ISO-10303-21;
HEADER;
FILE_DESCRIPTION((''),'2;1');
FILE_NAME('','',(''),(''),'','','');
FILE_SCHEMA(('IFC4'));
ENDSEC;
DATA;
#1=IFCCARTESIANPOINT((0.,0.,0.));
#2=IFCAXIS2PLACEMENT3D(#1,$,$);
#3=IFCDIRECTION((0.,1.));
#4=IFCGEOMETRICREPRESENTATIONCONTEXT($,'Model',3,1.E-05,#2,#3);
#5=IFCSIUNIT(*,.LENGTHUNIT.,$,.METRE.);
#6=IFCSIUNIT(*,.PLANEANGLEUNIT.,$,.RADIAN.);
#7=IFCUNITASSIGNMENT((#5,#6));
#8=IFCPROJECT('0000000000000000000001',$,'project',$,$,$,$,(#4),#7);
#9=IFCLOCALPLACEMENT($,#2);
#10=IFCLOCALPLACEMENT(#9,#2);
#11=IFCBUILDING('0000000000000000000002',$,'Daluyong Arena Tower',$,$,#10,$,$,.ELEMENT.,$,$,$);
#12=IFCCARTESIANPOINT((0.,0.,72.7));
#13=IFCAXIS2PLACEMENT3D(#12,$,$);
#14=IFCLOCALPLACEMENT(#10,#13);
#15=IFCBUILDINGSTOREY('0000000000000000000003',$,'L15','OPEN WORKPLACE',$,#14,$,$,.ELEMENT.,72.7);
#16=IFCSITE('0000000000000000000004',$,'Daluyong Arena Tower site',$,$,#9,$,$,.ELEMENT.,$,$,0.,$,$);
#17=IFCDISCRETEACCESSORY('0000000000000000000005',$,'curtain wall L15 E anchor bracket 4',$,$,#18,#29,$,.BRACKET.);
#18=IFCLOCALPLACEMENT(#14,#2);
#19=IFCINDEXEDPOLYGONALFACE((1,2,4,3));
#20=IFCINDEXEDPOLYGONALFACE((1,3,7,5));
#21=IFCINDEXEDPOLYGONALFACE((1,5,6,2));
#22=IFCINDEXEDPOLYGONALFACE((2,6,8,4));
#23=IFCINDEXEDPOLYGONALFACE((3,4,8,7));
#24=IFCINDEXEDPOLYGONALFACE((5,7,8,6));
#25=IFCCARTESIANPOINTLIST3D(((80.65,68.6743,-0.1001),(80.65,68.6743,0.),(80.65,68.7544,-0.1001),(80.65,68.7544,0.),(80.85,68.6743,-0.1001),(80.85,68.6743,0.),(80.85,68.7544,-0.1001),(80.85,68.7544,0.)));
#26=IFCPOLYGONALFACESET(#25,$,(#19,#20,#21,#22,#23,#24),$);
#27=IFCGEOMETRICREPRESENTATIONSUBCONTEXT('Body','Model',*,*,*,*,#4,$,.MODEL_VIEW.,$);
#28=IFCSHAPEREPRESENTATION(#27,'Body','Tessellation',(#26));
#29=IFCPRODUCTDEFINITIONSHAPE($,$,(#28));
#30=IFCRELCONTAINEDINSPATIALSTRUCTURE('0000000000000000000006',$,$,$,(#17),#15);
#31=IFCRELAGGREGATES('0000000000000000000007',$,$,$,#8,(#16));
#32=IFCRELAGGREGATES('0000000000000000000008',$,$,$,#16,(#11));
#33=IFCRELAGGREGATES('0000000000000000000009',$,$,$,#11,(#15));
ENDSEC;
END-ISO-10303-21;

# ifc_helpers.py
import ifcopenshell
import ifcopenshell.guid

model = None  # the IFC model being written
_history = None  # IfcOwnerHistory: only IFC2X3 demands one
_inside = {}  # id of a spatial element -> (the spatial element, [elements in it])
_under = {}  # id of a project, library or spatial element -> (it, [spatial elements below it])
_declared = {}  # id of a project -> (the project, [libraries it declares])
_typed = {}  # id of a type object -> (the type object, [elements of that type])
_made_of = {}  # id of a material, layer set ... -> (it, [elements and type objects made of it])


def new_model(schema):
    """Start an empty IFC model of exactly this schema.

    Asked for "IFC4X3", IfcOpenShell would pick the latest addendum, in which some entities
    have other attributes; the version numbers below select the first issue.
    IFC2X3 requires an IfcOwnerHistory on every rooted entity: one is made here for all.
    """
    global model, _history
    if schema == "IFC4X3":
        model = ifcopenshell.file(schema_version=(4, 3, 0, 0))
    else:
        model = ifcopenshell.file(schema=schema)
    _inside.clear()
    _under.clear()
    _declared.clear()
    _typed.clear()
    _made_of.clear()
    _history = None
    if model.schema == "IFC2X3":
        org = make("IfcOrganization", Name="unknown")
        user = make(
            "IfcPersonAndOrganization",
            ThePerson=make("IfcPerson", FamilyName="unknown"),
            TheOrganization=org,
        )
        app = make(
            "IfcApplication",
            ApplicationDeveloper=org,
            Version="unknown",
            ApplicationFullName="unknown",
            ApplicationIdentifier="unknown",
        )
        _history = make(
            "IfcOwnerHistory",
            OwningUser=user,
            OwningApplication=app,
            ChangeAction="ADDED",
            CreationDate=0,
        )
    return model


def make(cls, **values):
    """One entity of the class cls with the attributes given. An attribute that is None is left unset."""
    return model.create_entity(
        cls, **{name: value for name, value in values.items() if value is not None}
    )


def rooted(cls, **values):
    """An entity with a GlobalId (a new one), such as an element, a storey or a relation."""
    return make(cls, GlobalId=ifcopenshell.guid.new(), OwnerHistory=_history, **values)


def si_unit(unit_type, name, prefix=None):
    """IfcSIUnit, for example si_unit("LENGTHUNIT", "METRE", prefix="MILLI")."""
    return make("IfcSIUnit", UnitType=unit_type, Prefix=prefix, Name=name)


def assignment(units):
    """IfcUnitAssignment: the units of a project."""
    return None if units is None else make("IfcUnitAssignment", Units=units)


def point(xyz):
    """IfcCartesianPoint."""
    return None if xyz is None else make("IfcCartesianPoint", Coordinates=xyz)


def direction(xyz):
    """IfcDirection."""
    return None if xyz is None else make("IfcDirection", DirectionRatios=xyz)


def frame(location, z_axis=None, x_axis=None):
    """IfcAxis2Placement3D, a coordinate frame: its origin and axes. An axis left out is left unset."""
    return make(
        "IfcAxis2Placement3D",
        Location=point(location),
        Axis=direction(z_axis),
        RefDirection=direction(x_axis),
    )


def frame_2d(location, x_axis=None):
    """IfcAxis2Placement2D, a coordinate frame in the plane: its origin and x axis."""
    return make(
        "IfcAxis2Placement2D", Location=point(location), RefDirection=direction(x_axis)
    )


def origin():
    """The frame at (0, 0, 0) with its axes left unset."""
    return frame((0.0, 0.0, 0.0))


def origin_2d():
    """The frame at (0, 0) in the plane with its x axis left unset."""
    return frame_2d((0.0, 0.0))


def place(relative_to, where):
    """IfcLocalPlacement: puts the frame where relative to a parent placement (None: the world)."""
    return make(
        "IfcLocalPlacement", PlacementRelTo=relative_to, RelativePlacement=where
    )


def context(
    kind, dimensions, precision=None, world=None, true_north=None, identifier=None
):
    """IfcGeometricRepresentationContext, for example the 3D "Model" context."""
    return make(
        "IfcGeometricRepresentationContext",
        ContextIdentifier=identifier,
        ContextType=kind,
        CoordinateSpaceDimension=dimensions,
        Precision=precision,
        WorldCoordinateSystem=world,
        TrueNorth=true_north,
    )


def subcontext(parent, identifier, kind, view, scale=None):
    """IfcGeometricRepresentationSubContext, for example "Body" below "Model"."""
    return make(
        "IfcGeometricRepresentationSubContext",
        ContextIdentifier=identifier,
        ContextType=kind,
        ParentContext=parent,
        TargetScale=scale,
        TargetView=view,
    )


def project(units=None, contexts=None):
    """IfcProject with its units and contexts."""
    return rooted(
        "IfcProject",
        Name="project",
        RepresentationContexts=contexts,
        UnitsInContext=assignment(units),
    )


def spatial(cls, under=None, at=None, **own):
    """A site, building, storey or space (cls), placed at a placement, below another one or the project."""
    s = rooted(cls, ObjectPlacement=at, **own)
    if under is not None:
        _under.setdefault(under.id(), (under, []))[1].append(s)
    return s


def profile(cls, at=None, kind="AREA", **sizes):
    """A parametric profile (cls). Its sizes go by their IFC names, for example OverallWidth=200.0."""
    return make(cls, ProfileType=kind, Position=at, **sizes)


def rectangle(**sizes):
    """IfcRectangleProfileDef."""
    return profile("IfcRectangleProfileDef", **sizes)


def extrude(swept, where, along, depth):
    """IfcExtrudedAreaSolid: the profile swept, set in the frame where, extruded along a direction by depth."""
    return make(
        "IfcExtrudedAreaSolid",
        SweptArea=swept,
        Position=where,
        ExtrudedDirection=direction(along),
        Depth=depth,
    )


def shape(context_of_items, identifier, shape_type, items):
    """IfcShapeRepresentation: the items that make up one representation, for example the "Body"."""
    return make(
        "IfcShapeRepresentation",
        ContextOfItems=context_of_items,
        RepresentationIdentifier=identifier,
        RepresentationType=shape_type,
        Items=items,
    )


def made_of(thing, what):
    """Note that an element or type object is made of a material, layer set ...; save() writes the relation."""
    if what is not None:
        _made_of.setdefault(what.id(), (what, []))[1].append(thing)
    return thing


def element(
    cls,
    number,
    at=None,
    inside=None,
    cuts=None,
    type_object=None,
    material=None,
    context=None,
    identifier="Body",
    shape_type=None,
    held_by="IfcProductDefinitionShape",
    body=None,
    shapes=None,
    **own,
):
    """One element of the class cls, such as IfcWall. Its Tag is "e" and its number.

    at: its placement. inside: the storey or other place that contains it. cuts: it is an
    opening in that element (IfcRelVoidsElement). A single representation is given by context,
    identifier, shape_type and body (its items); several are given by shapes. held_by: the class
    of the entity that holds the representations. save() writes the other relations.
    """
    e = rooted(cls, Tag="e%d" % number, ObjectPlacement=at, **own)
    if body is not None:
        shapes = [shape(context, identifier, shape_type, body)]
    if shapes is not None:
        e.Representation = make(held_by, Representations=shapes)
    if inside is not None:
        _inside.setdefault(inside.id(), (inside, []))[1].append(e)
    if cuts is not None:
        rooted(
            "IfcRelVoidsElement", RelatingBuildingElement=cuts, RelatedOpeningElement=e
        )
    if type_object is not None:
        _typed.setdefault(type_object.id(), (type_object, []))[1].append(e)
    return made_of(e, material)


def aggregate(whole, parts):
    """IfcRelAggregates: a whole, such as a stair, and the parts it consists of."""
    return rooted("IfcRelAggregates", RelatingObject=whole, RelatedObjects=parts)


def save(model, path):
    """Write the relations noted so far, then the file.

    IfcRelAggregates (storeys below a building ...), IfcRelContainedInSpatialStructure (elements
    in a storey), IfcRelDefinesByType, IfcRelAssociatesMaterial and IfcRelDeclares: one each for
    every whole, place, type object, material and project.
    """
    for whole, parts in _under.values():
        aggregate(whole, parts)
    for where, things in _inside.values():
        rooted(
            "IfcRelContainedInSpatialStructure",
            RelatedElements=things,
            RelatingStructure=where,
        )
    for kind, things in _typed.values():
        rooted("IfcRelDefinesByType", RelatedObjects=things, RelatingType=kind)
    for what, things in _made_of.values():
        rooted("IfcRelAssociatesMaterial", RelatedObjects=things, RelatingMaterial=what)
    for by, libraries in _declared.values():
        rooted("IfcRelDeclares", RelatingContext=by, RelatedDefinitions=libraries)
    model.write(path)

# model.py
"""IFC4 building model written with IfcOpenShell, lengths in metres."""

from ifc_helpers import new_model, si_unit, direction, frame, origin, origin_2d, place, context, subcontext, project, spatial, rectangle, extrude, element, save


model = new_model("IFC4")

# Units and contexts
model_context = context("Model", 3, precision=1e-05, world=origin(), true_north=direction((0.0, 1.0)))
body_context = subcontext(model_context, "Body", "Model", "MODEL_VIEW")
ifc_project = project(units=[si_unit("LENGTHUNIT", "METRE"), si_unit("PLANEANGLEUNIT", "RADIAN")], contexts=[model_context])

# Site, building, storey
site_placement = place(None, origin())
site = spatial("IfcSite", under=ifc_project, at=site_placement, Name="Daluyong Arena Tower site", CompositionType="ELEMENT", RefElevation=0.0)
building_placement = place(site_placement, origin())
building = spatial("IfcBuilding", under=site, at=building_placement, Name="Daluyong Arena Tower", CompositionType="ELEMENT")
storey_placement = place(building_placement, frame((0.0, 0.0, 72.7)))
storey = spatial("IfcBuildingStorey", under=building, at=storey_placement, Name="L15", Description="OPEN WORKPLACE", CompositionType="ELEMENT", Elevation=72.7)

# Discrete accessory
for number, where, z_axis, x_axis, name in (
    (1, (80.75, 68.7144, -0.1001), (0.0, 0.0, 1.0), (0.0, 1.0, 0.0), "curtain wall L15 E anchor bracket 4"),
):
    element("IfcDiscreteAccessory", number, at=place(storey_placement, frame(where, z_axis=z_axis, x_axis=x_axis)), inside=storey, Name=name, PredefinedType="BRACKET", context=body_context, shape_type="SweptSolid", body=[
        extrude(rectangle(XDim=0.0801, YDim=0.2, at=origin_2d()), origin(), (0.0, 0.0, 1.0), 0.1001),
    ])

save(model, "model.ifc")
